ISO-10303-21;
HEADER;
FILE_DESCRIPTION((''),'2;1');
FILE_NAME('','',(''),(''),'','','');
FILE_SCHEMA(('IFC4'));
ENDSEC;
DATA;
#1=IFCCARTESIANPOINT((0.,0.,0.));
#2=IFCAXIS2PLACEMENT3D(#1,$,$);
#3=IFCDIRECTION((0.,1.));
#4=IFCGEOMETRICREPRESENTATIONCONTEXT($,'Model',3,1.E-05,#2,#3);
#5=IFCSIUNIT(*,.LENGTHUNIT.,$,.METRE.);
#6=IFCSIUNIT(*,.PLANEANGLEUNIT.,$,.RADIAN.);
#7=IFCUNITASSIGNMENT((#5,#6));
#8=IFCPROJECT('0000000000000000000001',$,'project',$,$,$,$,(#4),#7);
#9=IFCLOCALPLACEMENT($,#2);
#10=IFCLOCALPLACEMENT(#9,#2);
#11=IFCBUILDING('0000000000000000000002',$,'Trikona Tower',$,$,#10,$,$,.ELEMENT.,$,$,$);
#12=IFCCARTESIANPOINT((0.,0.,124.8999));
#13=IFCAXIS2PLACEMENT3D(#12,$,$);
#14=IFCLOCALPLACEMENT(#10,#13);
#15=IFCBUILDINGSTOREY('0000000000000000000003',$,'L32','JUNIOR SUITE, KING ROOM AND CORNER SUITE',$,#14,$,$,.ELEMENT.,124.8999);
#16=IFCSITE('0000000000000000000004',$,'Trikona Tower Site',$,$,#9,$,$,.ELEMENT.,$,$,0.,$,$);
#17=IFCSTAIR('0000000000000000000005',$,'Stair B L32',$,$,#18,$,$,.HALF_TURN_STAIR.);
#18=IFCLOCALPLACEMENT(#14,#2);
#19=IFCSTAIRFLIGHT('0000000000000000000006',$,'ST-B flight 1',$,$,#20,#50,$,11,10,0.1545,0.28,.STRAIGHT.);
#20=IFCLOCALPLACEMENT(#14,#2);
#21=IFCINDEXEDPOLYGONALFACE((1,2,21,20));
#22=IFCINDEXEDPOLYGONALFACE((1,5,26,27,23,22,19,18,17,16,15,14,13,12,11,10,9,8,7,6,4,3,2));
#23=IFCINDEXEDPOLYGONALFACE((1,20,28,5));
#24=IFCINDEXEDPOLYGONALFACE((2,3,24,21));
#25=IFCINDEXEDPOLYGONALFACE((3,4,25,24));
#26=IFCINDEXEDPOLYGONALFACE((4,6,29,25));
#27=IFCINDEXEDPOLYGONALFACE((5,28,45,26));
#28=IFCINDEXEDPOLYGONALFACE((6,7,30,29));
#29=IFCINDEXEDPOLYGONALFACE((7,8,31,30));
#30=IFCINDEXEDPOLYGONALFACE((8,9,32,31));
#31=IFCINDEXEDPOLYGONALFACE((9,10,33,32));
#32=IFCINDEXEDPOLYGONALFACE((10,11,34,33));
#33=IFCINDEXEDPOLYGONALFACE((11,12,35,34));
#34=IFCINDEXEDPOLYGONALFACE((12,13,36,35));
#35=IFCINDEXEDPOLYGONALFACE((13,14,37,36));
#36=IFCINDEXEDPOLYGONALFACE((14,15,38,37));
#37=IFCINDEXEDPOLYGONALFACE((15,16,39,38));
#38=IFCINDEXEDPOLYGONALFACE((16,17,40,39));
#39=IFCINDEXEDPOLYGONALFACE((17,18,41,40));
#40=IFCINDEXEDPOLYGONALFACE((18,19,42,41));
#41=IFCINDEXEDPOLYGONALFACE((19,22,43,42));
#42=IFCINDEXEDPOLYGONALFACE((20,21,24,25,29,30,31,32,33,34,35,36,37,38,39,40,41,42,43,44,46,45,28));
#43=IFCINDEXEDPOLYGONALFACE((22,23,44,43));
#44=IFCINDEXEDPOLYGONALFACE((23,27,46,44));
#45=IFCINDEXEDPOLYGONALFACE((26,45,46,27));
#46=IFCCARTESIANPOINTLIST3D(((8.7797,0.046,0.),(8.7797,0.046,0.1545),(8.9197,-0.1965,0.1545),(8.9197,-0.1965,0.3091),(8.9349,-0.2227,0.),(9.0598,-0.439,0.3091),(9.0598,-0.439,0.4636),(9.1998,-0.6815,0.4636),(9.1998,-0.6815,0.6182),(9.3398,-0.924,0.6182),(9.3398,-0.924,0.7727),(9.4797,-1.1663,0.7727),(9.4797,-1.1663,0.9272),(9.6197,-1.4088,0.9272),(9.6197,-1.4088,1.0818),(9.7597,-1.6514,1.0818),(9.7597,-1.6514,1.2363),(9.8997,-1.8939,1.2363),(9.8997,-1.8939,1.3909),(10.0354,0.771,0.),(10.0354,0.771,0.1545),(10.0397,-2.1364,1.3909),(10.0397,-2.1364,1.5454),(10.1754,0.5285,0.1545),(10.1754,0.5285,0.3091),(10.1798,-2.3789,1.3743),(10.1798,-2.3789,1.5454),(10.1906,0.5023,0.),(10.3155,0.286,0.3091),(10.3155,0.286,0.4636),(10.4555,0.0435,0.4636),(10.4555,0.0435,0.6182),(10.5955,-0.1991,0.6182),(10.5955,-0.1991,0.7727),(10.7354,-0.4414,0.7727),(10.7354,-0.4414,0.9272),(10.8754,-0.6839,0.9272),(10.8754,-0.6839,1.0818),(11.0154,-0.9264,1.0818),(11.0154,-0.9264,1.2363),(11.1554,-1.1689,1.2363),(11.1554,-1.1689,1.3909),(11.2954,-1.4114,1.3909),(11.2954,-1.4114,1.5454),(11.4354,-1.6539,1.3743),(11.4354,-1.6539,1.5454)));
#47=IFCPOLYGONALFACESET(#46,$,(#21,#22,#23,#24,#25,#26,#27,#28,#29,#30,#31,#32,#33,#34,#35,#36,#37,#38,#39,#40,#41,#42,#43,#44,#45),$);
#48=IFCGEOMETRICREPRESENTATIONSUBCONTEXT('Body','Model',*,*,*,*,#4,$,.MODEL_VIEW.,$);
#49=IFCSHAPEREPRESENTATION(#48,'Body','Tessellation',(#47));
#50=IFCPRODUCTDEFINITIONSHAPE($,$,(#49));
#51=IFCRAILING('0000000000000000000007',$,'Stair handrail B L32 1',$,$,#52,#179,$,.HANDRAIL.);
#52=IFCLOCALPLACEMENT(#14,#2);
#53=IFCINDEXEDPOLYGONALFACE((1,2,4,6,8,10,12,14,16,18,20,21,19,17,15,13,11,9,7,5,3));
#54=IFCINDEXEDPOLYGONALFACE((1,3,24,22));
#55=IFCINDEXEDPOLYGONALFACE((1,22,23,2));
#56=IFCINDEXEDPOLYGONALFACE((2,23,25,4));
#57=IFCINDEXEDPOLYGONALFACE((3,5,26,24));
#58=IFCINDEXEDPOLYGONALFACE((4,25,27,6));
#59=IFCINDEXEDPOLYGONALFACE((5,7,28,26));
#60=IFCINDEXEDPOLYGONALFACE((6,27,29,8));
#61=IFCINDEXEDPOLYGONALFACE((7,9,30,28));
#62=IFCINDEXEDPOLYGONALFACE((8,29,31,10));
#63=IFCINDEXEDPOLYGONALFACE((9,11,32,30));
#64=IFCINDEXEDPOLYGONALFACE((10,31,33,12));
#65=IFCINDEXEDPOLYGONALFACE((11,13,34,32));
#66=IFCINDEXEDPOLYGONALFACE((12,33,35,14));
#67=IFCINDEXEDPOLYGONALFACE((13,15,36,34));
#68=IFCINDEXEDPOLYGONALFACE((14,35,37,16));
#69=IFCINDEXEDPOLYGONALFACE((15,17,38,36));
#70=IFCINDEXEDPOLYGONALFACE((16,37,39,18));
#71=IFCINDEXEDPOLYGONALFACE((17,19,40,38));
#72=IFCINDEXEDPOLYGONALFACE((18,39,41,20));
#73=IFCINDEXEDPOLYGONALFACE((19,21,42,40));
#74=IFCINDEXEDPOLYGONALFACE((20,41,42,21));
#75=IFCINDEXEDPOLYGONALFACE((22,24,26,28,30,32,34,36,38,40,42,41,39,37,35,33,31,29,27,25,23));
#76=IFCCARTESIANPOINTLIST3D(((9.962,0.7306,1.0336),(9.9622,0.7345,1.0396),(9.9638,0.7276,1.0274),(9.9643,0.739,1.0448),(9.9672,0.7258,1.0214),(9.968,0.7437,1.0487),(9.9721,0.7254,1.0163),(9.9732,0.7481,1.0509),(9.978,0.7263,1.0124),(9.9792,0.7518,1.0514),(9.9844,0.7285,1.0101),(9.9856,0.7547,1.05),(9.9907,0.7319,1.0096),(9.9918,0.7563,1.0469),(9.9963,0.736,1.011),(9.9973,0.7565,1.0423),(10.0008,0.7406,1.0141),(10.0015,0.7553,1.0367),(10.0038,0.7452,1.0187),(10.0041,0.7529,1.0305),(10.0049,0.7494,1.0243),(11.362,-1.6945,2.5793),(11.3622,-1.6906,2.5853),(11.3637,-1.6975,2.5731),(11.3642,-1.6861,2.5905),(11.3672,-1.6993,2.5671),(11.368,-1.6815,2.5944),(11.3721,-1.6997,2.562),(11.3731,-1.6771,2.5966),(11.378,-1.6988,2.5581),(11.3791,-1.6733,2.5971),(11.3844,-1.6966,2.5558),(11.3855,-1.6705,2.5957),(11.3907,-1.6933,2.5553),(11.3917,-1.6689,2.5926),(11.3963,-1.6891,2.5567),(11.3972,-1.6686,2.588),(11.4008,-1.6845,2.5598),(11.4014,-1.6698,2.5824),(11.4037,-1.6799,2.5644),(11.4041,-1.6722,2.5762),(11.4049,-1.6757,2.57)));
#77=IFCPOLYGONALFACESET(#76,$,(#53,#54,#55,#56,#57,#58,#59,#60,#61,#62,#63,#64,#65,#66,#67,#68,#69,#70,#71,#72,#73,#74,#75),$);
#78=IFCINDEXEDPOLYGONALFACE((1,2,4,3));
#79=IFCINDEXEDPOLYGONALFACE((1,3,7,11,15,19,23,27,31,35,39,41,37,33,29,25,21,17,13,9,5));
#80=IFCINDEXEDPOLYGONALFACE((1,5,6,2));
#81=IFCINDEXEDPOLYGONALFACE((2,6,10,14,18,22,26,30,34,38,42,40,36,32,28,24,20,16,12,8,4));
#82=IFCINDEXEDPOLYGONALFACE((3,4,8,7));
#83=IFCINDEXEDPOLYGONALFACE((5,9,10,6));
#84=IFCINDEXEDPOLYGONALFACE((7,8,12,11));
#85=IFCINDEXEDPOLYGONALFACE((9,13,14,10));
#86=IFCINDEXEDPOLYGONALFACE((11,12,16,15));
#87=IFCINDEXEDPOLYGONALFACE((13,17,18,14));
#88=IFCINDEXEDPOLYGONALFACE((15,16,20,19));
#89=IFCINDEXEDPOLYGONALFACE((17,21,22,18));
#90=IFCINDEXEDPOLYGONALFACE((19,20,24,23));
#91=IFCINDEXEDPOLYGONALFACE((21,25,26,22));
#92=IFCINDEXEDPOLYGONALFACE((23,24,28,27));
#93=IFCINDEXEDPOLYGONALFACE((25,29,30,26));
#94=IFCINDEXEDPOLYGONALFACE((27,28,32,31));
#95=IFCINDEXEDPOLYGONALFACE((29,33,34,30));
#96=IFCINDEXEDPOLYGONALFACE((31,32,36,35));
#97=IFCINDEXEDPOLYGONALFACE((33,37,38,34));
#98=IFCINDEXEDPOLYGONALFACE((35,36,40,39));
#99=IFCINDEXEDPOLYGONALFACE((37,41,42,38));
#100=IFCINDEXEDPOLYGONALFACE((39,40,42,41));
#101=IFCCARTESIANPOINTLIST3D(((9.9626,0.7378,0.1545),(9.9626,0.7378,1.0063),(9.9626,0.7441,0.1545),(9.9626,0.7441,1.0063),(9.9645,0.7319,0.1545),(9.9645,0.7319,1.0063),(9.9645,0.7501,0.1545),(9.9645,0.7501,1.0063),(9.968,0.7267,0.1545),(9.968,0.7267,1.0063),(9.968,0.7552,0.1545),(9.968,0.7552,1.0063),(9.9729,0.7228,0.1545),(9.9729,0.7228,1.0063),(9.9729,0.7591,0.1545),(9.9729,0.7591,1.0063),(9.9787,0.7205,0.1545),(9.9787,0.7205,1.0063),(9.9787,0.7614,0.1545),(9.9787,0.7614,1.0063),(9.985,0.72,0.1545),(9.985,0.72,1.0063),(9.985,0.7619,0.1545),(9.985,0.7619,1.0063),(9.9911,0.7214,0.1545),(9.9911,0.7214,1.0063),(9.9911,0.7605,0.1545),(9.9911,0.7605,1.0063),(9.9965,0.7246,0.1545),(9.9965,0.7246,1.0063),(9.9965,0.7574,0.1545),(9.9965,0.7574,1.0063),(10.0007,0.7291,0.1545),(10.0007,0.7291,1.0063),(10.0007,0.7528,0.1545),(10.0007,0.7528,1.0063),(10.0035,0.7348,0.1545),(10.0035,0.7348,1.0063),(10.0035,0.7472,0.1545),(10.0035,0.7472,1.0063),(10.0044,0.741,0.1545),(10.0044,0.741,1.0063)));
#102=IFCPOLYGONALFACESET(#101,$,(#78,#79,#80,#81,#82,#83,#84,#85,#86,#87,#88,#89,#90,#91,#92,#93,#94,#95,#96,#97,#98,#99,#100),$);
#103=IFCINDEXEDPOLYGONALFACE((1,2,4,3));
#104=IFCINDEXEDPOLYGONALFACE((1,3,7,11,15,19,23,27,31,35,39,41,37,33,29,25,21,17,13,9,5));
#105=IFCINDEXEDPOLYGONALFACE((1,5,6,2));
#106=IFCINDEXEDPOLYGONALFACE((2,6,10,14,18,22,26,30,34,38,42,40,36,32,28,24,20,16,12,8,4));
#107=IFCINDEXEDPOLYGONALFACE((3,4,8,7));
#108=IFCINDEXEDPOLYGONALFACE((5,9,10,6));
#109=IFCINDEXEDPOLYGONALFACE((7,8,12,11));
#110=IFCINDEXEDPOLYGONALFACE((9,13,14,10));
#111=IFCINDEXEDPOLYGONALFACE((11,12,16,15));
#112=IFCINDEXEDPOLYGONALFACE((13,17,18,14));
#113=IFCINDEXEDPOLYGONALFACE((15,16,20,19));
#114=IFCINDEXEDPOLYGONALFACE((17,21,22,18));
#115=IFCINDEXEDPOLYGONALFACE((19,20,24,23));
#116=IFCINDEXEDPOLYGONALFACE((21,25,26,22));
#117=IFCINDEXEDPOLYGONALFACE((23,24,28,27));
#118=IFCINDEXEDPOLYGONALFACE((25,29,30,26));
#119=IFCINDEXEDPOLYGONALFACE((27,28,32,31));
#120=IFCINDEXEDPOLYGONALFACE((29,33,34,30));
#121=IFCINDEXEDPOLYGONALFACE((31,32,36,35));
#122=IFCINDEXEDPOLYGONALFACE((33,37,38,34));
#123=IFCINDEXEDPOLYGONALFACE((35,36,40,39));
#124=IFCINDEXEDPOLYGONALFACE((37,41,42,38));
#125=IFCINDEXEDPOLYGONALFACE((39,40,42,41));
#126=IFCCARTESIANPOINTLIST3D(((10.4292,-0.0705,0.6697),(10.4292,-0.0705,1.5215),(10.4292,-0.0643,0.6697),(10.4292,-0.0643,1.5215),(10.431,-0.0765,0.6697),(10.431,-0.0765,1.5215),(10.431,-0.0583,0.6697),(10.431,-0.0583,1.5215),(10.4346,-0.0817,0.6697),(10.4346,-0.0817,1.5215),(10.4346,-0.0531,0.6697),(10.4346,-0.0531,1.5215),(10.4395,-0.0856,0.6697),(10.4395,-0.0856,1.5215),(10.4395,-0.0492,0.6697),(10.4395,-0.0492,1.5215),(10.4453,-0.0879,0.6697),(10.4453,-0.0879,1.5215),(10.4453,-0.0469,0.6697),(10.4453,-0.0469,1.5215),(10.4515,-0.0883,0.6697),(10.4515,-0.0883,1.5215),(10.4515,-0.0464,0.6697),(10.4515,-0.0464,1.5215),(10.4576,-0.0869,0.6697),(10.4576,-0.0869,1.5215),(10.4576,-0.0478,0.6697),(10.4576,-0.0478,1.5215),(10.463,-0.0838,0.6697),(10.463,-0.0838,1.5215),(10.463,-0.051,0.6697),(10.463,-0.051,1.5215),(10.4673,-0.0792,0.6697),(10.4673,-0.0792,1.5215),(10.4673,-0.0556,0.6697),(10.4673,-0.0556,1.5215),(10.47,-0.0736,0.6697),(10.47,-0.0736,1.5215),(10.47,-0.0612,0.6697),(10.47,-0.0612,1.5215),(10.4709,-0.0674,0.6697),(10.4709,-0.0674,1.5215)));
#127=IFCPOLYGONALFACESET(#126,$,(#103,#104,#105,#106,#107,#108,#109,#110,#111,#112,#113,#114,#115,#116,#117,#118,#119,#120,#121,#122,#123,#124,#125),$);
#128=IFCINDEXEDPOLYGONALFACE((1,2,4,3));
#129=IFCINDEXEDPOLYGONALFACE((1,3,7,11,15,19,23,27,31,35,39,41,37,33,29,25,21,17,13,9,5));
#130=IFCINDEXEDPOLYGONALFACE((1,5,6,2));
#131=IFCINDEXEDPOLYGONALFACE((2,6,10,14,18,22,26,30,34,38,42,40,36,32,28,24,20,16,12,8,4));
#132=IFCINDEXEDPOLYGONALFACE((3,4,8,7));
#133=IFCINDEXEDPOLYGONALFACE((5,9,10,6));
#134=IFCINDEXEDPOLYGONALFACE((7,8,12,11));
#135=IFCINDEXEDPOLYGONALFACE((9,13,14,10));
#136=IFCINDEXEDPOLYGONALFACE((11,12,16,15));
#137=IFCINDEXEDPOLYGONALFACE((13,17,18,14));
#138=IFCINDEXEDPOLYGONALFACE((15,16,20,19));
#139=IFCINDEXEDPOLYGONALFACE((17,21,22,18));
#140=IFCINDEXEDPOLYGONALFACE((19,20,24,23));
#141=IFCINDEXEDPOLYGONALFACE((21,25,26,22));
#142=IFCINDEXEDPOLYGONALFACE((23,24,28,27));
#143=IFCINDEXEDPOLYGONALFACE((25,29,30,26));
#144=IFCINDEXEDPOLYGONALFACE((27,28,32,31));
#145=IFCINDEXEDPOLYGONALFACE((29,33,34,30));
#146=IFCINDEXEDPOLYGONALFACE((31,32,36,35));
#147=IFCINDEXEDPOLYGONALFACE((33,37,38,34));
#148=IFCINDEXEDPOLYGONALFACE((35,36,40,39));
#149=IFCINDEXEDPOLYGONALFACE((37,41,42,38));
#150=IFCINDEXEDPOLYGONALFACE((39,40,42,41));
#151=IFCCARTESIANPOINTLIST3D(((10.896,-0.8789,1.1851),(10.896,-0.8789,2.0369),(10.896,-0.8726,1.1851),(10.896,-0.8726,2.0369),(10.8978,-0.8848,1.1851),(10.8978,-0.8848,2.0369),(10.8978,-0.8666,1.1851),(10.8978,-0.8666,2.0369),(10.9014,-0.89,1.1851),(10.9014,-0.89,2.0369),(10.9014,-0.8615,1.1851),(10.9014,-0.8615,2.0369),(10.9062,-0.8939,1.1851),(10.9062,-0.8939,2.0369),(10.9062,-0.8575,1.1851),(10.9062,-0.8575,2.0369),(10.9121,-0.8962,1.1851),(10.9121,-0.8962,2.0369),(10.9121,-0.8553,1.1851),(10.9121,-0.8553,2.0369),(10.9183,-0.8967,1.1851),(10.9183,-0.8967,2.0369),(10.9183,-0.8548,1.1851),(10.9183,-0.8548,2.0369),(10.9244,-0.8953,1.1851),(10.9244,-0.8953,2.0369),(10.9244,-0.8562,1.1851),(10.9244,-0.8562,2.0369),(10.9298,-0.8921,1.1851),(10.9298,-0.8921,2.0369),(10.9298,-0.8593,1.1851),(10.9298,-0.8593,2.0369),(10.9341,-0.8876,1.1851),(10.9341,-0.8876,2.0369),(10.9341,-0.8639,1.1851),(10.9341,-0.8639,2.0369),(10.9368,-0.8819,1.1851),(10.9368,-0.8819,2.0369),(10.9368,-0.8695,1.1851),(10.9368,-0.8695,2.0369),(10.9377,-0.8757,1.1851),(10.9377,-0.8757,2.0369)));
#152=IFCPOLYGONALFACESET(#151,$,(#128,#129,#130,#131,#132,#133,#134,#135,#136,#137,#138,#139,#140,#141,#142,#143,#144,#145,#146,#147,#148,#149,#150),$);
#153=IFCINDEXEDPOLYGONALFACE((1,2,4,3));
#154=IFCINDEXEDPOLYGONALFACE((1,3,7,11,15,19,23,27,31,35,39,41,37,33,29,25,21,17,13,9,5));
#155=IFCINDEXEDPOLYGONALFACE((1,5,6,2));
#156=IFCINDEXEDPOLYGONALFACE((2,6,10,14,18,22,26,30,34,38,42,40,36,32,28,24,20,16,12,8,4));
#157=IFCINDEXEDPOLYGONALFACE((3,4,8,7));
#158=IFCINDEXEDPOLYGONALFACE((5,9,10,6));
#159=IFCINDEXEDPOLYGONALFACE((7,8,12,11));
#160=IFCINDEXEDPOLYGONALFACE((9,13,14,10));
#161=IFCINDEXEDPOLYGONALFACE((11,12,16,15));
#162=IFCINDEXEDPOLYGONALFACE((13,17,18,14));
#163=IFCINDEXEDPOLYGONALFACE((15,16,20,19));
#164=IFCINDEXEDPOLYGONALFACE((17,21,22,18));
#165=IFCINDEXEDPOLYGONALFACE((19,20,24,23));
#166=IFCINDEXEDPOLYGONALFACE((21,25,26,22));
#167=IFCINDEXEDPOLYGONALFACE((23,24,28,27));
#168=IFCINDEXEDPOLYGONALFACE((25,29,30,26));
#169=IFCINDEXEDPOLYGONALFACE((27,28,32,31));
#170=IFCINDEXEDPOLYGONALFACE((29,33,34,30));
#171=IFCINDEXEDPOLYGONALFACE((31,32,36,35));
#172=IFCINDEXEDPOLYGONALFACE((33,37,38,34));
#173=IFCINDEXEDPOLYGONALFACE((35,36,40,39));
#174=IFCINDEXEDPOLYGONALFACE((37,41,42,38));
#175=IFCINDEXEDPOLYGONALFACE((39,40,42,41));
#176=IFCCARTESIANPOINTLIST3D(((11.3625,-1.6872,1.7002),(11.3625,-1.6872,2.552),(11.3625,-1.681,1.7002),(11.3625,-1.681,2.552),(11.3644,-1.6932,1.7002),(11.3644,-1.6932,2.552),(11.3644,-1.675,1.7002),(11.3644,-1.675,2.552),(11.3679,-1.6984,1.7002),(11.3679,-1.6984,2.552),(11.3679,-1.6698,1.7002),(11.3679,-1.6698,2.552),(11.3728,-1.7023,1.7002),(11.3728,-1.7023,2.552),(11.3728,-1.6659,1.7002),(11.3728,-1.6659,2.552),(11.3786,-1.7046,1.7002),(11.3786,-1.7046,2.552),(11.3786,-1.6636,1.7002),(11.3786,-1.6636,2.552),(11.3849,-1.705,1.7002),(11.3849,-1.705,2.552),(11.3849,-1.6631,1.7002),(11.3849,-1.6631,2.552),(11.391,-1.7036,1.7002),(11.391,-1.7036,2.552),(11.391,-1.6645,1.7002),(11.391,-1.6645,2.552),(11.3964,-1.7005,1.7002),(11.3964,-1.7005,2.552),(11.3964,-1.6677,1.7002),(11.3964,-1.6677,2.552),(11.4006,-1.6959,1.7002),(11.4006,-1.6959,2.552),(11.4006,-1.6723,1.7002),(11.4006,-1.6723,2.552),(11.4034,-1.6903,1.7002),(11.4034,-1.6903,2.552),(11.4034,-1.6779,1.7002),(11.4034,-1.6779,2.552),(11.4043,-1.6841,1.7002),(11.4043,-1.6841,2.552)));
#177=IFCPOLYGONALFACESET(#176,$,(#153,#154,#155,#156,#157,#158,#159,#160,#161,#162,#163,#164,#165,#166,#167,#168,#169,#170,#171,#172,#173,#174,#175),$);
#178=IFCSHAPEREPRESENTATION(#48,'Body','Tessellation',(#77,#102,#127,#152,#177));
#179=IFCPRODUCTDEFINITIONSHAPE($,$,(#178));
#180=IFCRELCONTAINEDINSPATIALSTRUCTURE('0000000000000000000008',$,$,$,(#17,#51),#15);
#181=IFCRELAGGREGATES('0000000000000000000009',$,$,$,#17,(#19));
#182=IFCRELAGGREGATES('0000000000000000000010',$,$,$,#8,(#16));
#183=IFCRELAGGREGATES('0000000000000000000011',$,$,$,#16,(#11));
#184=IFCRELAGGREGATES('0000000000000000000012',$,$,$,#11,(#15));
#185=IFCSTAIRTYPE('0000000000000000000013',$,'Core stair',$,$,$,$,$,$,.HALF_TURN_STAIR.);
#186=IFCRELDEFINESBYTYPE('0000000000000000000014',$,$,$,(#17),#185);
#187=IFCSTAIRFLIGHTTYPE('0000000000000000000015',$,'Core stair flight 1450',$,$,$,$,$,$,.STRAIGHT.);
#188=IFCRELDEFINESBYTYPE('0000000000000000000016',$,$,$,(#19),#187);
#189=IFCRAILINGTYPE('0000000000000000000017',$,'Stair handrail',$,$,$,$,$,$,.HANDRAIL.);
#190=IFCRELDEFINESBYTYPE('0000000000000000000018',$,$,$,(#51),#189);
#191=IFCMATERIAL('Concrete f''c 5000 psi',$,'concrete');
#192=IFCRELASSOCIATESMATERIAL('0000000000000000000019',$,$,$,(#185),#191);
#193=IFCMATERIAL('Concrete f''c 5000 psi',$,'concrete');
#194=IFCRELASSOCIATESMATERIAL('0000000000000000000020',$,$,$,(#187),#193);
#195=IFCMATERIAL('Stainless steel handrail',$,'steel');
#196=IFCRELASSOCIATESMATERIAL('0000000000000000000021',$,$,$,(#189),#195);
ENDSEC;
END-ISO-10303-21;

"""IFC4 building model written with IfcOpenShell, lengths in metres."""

from ifc_helpers import new_model, si_unit, direction, frame, origin, origin_2d, place, context, subcontext, project, spatial, polyline, circle, outline, extrude, material, type_object, element, aggregate, save


model = new_model("IFC4")

# Units and contexts
model_context = context("Model", 3, precision=1e-05, world=origin(), true_north=direction((0.0, 1.0)))
body_context = subcontext(model_context, "Body", "Model", "MODEL_VIEW")
ifc_project = project(units=[si_unit("LENGTHUNIT", "METRE"), si_unit("PLANEANGLEUNIT", "RADIAN")], contexts=[model_context])

# Site, building, storey
site_placement = place(None, origin())
site = spatial("IfcSite", under=ifc_project, at=site_placement, Name="Trikona Tower Site", CompositionType="ELEMENT", RefElevation=0.0)
building_placement = place(site_placement, origin())
building = spatial("IfcBuilding", under=site, at=building_placement, Name="Trikona Tower", CompositionType="ELEMENT")
storey_placement = place(building_placement, frame((0.0, 0.0, 124.8999)))
storey = spatial("IfcBuildingStorey", under=building, at=storey_placement, Name="L32", Description="JUNIOR SUITE, KING ROOM AND CORNER SUITE", CompositionType="ELEMENT", Elevation=124.8999)

# Stair
ifc_material_1 = material(Name="Concrete f'c 5000 psi", Category="concrete")
stair_type = type_object("IfcStairType", Name="Core stair", PredefinedType="HALF_TURN_STAIR", material=ifc_material_1)
stair_1_placement = place(storey_placement, origin())
stair_1 = element("IfcStair", 1, at=stair_1_placement, inside=storey, type_object=stair_type, Name="Stair B L32", PredefinedType="HALF_TURN_STAIR")

# Stair flight
ifc_material_2 = material(Name="Concrete f'c 5000 psi", Category="concrete")
stair_flight_type = type_object("IfcStairFlightType", Name="Core stair flight 1450", PredefinedType="STRAIGHT", material=ifc_material_2)
stair_flight_placement = place(storey_placement, frame((9.4075, 0.4084, 0.0), z_axis=(0.0, 0.0, 1.0), x_axis=(0.5, -0.866025, 0.0)))
stair_flight = element("IfcStairFlight", 2, at=stair_flight_placement, type_object=stair_flight_type, Name="ST-B flight 1", NumberOfRisers=11, NumberOfTreads=10, PredefinedType="STRAIGHT", RiserHeight=0.1545, TreadLength=0.28, context=body_context, shape_type="SweptSolid", body=[
    extrude(outline(polyline([(0.0, 0.0), (0.0, 0.1545), (0.28, 0.1545), (0.28, 0.3091), (0.5601, 0.3091), (0.5601, 0.4636), (0.8401, 0.4636), (0.8401, 0.6182), (1.1201, 0.6182), (1.1201, 0.7727), (1.3999, 0.7727), (1.3999, 0.9272), (1.6799, 0.9272), (1.6799, 1.0818), (1.96, 1.0818), (1.96, 1.2363), (2.24, 1.2363), (2.24, 1.3909), (2.52, 1.3909), (2.52, 1.5454), (2.8, 1.5454), (2.8, 1.7), (2.8, 1.3743), (0.3103, 0.0), (0.0, 0.0)])), frame((0.0, 0.7251, 0.0), z_axis=(0.0, -1.0, 0.0), x_axis=(1.0, 0.0, 0.0)), (0.0, 0.0, 1.0), 1.45),
])
aggregate(stair_1, [stair_flight])

# Railing
ifc_material_3 = material(Name="Stainless steel handrail", Category="steel")
railing_type = type_object("IfcRailingType", Name="Stair handrail", PredefinedType="HANDRAIL", material=ifc_material_3)
railing_placement = place(storey_placement, frame((9.9834, 0.741, 0.1545)))
element("IfcRailing", 3, at=railing_placement, inside=storey, type_object=railing_type, Name="Stair handrail B L32 1", PredefinedType="HANDRAIL", context=body_context, shape_type="SweptSolid", body=[
    extrude(circle(Radius=0.0239, at=origin_2d()), frame((0.0, 0.0, 0.876), z_axis=(0.437691, -0.758212, 0.483262), x_axis=(0.866056, 0.499946, 0.0)), (0.0, 0.0, 1.0), 3.1985),
    extrude(circle(Radius=0.021, at=origin_2d()), origin(), (0.0, 0.0, 1.0), 0.8518),
    extrude(circle(Radius=0.021, at=origin_2d()), frame((0.4666, -0.8083, 0.5151)), (0.0, 0.0, 1.0), 0.8518),
    extrude(circle(Radius=0.021, at=origin_2d()), frame((0.9333, -1.6167, 1.0305)), (0.0, 0.0, 1.0), 0.8518),
    extrude(circle(Radius=0.021, at=origin_2d()), frame((1.3999, -2.425, 1.5457)), (0.0, 0.0, 1.0), 0.8518),
])

save(model, "model.ifc")
